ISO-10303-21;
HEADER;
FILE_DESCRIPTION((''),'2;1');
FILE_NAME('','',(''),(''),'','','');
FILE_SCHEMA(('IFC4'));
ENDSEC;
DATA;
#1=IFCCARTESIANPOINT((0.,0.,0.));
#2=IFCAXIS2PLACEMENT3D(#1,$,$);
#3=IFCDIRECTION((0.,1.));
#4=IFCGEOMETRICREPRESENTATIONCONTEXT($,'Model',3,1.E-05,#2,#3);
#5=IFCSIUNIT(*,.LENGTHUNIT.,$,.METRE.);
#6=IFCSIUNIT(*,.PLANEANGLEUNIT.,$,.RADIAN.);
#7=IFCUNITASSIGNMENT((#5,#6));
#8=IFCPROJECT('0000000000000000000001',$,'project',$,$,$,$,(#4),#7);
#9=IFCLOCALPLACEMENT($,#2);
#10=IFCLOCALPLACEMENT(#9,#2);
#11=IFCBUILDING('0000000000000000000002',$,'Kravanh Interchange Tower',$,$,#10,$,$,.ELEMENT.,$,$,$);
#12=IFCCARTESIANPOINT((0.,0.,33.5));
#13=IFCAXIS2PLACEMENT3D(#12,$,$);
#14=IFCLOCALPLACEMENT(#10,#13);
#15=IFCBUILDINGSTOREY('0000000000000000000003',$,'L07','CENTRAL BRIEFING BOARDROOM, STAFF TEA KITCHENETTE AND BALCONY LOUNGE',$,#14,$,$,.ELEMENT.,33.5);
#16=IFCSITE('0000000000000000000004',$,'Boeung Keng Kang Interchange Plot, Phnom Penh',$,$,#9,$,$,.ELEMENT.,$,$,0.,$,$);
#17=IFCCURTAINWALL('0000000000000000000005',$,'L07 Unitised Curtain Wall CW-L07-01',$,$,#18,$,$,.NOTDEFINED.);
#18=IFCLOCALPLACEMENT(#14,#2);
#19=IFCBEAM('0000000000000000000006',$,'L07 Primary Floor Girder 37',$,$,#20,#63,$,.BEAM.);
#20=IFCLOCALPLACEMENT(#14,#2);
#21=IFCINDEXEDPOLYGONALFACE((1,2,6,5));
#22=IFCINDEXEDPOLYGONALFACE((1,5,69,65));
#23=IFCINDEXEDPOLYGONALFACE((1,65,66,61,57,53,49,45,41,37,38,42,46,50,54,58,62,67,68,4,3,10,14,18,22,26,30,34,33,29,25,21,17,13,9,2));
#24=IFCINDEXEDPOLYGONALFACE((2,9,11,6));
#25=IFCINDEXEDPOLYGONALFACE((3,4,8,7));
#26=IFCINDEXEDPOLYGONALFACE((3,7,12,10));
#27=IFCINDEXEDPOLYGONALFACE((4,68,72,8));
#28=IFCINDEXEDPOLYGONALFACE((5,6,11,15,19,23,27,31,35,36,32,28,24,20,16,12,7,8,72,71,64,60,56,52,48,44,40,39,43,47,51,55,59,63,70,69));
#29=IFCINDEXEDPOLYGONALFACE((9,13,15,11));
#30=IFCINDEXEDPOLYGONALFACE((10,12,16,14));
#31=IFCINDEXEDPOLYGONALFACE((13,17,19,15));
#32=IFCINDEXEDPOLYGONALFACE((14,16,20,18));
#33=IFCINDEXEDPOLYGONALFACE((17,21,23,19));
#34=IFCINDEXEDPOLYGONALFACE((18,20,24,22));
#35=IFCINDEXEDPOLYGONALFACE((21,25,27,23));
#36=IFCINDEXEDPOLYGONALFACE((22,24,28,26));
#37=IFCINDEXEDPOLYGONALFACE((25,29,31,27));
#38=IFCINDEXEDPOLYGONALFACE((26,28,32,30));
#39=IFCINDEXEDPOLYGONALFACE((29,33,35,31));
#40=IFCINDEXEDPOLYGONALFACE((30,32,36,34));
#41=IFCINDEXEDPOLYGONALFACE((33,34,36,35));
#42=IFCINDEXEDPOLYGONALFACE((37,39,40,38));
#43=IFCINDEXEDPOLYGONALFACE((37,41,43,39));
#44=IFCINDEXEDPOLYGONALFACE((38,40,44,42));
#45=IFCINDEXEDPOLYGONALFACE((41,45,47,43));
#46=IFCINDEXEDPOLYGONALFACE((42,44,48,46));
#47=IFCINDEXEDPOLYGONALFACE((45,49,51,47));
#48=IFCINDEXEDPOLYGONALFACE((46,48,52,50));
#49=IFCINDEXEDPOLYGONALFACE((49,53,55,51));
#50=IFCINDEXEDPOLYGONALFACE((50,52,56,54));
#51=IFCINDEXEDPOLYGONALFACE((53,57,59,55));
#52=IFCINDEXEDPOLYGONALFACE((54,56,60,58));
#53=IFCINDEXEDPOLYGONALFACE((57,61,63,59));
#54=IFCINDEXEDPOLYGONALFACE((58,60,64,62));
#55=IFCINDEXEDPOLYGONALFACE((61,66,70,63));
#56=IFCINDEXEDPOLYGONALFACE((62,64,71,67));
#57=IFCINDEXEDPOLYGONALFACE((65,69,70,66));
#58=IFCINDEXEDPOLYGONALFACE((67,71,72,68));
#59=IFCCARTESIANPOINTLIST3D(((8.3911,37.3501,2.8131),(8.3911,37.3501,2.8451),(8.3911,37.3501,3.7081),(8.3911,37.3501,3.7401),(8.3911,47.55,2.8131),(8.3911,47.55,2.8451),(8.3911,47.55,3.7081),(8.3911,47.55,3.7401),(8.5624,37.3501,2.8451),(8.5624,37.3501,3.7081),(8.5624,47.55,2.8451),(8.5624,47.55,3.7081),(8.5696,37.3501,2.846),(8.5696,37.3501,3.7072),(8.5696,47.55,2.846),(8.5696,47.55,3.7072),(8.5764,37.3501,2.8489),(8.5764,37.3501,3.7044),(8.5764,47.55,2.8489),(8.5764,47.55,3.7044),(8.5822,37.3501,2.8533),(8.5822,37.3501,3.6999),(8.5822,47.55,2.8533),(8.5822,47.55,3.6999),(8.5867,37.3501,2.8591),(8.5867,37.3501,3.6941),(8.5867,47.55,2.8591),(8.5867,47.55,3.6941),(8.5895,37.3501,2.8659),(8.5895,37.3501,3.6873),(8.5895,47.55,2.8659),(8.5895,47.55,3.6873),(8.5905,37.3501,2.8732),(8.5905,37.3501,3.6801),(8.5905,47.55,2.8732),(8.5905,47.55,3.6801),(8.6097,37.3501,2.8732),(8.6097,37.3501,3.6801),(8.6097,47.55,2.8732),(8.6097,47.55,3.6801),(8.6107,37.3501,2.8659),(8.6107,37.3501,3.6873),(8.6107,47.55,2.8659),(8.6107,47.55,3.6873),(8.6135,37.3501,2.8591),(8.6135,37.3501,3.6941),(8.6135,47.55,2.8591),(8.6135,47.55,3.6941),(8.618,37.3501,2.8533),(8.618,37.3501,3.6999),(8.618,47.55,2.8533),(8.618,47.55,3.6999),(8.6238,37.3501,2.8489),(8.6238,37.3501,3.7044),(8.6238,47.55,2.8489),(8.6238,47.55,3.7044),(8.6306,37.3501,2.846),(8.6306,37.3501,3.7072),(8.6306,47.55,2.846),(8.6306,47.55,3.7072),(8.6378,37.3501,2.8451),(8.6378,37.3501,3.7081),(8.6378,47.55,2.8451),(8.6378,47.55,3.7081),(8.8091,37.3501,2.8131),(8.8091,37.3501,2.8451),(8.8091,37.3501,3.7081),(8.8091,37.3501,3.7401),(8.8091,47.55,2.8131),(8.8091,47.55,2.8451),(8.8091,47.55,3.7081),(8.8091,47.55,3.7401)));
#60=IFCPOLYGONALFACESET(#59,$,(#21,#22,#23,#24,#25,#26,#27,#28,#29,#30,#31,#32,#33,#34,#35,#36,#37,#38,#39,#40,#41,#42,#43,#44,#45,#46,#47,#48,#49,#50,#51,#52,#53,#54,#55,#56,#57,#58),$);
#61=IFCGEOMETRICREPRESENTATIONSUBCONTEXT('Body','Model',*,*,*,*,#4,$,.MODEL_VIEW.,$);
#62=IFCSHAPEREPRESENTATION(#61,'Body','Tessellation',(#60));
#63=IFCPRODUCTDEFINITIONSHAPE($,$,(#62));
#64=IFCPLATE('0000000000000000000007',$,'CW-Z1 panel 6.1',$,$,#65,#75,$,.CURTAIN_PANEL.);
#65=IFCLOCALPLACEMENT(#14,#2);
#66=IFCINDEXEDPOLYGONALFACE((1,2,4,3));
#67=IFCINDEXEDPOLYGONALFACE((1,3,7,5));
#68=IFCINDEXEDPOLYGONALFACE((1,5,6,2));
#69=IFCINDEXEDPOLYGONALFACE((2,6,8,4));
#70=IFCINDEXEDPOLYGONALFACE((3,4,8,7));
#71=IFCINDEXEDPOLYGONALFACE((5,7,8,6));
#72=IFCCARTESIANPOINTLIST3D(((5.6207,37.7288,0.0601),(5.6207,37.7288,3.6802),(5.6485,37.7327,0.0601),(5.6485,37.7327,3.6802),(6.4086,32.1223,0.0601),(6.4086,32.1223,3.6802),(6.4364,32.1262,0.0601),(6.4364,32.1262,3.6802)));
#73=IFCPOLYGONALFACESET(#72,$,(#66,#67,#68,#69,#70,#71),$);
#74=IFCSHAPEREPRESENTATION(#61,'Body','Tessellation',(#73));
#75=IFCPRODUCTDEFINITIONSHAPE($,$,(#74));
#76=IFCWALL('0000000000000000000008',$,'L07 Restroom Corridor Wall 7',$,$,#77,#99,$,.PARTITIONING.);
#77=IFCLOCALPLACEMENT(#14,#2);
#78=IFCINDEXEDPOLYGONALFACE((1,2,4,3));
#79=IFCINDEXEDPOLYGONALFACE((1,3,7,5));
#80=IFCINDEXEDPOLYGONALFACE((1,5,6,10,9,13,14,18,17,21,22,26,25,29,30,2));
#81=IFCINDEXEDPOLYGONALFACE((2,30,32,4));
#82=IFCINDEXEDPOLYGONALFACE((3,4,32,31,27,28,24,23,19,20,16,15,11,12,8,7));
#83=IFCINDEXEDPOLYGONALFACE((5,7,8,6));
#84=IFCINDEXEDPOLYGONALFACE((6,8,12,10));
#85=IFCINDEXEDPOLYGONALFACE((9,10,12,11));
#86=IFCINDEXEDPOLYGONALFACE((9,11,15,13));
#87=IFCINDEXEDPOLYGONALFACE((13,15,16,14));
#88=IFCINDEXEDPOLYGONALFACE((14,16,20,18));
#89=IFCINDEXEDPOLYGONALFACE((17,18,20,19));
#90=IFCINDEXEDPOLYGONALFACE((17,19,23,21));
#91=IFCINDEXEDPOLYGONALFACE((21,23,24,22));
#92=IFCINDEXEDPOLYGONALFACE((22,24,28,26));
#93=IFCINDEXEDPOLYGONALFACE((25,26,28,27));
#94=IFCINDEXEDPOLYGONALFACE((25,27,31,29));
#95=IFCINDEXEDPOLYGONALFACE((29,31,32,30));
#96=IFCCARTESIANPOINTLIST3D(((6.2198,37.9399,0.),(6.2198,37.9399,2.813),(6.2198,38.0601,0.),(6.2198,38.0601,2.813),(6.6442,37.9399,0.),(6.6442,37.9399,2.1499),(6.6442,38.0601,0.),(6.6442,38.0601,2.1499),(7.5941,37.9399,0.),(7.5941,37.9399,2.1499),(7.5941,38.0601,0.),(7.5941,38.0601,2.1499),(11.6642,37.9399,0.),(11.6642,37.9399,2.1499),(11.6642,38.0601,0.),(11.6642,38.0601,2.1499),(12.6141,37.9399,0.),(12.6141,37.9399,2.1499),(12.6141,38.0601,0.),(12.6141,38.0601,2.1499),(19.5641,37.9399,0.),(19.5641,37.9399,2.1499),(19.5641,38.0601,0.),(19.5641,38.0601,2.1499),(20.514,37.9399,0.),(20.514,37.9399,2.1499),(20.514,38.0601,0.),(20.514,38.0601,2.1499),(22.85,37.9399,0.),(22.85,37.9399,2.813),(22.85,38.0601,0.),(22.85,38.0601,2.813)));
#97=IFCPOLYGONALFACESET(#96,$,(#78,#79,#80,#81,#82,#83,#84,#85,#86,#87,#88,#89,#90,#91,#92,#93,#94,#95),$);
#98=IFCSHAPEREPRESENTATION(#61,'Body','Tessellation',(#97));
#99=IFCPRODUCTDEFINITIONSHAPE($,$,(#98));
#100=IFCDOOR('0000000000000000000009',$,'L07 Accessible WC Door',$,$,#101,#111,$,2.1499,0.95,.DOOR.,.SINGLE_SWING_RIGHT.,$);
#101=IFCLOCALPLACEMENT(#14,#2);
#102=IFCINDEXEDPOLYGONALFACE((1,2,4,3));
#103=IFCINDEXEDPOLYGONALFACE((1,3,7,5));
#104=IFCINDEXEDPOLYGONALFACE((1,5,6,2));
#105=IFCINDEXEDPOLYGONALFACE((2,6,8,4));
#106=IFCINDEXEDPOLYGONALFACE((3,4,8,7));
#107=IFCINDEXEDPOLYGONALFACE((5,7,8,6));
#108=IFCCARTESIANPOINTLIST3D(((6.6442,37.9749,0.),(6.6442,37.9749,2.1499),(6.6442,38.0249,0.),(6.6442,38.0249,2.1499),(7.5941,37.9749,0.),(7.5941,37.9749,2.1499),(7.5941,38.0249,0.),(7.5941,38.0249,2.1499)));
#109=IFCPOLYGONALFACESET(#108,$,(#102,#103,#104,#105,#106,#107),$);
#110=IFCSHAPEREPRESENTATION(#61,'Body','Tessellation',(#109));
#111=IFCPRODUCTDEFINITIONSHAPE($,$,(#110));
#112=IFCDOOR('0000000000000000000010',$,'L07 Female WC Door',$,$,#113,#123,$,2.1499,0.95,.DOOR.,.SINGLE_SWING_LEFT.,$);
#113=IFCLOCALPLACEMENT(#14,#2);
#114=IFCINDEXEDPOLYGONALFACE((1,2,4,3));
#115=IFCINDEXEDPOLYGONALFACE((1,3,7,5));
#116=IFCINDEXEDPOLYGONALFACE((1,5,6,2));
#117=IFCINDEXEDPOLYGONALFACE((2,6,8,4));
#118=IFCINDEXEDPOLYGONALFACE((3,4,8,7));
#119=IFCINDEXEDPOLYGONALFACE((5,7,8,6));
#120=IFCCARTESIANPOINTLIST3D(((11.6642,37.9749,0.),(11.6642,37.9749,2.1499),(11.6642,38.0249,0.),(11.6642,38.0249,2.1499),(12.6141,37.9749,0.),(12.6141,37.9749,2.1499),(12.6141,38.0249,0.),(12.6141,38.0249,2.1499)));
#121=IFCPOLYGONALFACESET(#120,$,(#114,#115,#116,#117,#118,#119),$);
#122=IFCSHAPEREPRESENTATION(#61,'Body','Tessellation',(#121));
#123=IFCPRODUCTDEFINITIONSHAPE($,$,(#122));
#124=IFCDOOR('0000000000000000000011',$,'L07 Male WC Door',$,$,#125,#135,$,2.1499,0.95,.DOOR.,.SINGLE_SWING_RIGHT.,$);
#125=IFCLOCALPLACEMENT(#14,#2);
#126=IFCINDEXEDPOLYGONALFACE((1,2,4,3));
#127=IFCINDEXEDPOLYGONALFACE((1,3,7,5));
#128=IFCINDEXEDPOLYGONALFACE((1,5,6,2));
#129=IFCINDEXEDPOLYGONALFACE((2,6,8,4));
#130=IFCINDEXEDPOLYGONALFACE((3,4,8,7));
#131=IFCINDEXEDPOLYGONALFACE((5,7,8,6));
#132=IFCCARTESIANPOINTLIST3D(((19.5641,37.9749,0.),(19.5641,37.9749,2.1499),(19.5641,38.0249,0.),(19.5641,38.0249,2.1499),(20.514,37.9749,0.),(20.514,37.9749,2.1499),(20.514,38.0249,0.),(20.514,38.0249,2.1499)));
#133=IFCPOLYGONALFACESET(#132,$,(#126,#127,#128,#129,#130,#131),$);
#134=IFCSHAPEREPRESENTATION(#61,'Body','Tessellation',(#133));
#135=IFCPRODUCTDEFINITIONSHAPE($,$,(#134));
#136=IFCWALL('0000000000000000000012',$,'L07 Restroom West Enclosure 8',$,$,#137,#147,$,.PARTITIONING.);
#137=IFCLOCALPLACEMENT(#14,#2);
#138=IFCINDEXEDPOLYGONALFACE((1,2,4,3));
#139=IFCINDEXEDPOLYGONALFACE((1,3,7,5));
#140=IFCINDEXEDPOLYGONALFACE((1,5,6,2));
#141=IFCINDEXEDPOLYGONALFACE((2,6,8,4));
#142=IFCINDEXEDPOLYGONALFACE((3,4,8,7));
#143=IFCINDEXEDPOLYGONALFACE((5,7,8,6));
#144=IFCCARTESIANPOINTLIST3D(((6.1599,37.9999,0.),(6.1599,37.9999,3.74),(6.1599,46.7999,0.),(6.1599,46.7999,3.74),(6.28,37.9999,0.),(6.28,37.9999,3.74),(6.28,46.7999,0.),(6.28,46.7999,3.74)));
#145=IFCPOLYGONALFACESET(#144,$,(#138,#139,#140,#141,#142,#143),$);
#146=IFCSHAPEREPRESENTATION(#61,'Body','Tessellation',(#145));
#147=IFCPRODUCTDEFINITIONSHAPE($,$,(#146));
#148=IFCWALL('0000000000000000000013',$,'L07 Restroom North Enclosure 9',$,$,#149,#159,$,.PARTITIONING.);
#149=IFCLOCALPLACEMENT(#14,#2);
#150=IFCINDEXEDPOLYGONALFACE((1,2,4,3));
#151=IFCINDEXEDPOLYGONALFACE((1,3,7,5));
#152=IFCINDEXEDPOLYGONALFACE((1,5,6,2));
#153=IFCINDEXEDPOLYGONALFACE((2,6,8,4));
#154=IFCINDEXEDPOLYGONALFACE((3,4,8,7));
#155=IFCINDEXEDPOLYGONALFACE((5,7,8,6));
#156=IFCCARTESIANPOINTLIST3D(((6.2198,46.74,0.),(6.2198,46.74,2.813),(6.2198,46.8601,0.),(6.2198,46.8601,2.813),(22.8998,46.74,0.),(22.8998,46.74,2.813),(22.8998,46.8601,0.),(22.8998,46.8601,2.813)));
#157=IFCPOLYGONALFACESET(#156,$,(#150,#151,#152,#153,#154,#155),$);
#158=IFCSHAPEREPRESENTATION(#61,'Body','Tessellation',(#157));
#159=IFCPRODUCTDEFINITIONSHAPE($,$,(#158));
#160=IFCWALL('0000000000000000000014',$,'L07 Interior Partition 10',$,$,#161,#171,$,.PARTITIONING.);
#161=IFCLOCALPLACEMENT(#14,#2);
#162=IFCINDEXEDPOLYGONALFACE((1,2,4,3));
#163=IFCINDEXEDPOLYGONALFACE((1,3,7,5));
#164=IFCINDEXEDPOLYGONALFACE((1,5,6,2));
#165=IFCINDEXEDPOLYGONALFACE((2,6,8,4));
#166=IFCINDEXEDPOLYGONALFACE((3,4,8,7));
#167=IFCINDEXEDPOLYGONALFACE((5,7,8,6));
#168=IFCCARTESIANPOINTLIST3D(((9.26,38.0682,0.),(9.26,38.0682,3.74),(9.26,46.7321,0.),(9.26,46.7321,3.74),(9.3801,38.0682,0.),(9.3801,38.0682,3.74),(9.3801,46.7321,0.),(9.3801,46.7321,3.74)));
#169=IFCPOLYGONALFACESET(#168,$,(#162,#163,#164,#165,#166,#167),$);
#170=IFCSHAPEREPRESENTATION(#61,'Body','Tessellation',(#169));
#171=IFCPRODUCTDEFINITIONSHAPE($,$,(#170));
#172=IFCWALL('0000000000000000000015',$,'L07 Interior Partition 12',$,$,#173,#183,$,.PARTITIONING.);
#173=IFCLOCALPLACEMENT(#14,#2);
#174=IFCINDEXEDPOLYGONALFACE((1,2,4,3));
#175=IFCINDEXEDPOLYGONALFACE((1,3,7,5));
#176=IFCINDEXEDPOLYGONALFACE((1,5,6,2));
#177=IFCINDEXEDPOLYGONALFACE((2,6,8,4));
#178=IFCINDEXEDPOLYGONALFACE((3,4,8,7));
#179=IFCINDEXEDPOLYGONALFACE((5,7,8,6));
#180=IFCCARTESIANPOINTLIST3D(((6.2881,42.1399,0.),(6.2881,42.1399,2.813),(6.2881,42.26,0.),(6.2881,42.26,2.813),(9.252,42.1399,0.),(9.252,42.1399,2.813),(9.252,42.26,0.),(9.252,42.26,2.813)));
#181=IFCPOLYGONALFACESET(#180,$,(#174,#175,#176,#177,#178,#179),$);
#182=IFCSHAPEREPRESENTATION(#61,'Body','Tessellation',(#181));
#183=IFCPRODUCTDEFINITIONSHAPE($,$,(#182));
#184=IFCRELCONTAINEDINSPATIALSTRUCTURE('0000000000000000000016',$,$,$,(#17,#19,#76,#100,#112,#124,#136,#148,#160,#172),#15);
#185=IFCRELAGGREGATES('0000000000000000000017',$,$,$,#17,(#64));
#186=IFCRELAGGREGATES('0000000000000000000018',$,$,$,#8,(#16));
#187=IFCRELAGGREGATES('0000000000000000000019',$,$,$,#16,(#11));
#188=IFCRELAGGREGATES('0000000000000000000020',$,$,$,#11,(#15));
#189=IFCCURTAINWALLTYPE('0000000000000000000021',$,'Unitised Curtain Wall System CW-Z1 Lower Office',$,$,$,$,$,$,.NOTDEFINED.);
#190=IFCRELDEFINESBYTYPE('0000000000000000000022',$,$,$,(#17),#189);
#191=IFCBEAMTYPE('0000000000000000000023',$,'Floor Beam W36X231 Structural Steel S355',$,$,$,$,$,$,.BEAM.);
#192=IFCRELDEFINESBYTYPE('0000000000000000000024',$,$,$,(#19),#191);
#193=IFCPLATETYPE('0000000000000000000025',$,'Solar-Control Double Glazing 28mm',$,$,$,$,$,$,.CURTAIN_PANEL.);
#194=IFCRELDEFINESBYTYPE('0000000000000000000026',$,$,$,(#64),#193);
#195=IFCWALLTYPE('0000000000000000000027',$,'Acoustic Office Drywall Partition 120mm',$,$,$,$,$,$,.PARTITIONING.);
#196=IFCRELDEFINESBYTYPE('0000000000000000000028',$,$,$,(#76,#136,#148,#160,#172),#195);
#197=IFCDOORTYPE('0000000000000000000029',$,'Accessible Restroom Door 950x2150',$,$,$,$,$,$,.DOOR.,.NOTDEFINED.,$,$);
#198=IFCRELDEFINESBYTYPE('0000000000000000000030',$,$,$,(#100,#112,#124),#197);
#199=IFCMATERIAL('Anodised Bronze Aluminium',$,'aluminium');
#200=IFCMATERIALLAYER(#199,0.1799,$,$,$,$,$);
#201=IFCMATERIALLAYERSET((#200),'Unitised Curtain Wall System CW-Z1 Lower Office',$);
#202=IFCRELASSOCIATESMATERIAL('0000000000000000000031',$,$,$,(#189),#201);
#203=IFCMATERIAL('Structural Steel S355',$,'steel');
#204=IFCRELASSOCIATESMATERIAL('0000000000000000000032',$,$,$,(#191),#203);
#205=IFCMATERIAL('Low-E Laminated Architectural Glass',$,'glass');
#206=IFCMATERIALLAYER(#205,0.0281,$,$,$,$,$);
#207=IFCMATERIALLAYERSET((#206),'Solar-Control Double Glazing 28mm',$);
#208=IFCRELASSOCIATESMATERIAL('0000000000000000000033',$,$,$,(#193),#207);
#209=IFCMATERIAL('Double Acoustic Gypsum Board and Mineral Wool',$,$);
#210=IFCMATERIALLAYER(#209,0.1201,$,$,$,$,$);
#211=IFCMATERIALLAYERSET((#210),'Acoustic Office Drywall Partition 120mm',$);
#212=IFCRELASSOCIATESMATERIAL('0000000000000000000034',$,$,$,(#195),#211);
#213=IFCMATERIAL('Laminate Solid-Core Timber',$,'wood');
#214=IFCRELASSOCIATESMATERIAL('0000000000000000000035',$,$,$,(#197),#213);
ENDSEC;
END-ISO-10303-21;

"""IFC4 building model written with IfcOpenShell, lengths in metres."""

from ifc_helpers import new_model, si_unit, direction, frame, frame_2d, origin, origin_2d, place, context, subcontext, project, spatial, rectangle, i_section, extrude, material, layer, layer_set, material_profile, profile_set, type_object, element, fill, aggregate, save


model = new_model("IFC4")

# Units and contexts
model_context = context("Model", 3, precision=1e-05, world=origin(), true_north=direction((0.0, 1.0)))
body_context = subcontext(model_context, "Body", "Model", "MODEL_VIEW")
ifc_project = project(units=[si_unit("LENGTHUNIT", "METRE"), si_unit("PLANEANGLEUNIT", "RADIAN")], contexts=[model_context])

# Site, building, storey
site_placement = place(None, origin())
site = spatial("IfcSite", under=ifc_project, at=site_placement, Name="Boeung Keng Kang Interchange Plot, Phnom Penh", CompositionType="ELEMENT", RefElevation=0.0)
building_placement = place(site_placement, origin())
building = spatial("IfcBuilding", under=site, at=building_placement, Name="Kravanh Interchange Tower", CompositionType="ELEMENT")
storey_placement = place(building_placement, frame((0.0, 0.0, 33.5)))
storey = spatial("IfcBuildingStorey", under=building, at=storey_placement, Name="L07", Description="CENTRAL BRIEFING BOARDROOM, STAFF TEA KITCHENETTE AND BALCONY LOUNGE", CompositionType="ELEMENT", Elevation=33.5)

# Curtain wall
ifc_material_1 = material(Name="Anodised Bronze Aluminium", Category="aluminium")
ifc_layer_1 = layer(ifc_material_1, 0.1799)
ifc_layer_set_1 = layer_set([ifc_layer_1], Name="Unitised Curtain Wall System CW-Z1 Lower Office")
curtain_wall_type = type_object("IfcCurtainWallType", Name="Unitised Curtain Wall System CW-Z1 Lower Office", PredefinedType="NOTDEFINED", material=ifc_layer_set_1)
curtain_wall_placement = place(storey_placement, origin())
curtain_wall = element("IfcCurtainWall", 1, at=curtain_wall_placement, inside=storey, type_object=curtain_wall_type, Name="L07 Unitised Curtain Wall CW-L07-01", PredefinedType="NOTDEFINED")

# Beam
ifc_material_2 = material(Name="Structural Steel S355", Category="steel")
ifc_material_profile_1 = material_profile(ifc_material_2, i_section(OverallWidth=0.418, OverallDepth=0.927, WebThickness=0.0193, FlangeThickness=0.032, FilletRadius=0.0281, at=origin_2d()), Name="W36X231")
ifc_profile_set_1 = profile_set([ifc_material_profile_1], Name="Structural Steel S355")
beam_type = type_object("IfcBeamType", Name="Floor Beam W36X231 Structural Steel S355", PredefinedType="BEAM", material=ifc_profile_set_1)
beam_1_placement = place(storey_placement, frame((8.6001, 37.3501, 3.2766), z_axis=(0.0, 1.0, 0.0), x_axis=(-1.0, 0.0, 0.0)))
element("IfcBeam", 2, at=beam_1_placement, inside=storey, type_object=beam_type, Name="L07 Primary Floor Girder 37", PredefinedType="BEAM", context=body_context, shape_type="SweptSolid", body=[
    extrude(i_section(OverallWidth=0.418, OverallDepth=0.927, WebThickness=0.0193, FlangeThickness=0.032, FilletRadius=0.0281, at=origin_2d()), origin(), (0.0, 0.0, 1.0), 10.2),
])

# Plate
ifc_material_3 = material(Name="Low-E Laminated Architectural Glass", Category="glass")
ifc_layer_2 = layer(ifc_material_3, 0.0281)
ifc_layer_set_2 = layer_set([ifc_layer_2], Name="Solar-Control Double Glazing 28mm")
plate_type = type_object("IfcPlateType", Name="Solar-Control Double Glazing 28mm", PredefinedType="CURTAIN_PANEL", material=ifc_layer_set_2)
plate_placement = place(storey_placement, frame((6.0286, 34.9275, 0.0601), z_axis=(0.0, 0.0, 1.0), x_axis=(-0.139177, 0.990268, 0.0)))
plate = element("IfcPlate", 3, at=plate_placement, type_object=plate_type, Name="CW-Z1 panel 6.1", PredefinedType="CURTAIN_PANEL", context=body_context, shape_type="SweptSolid", body=[
    extrude(rectangle(XDim=5.6616, YDim=0.0281, at=origin_2d()), origin(), (0.0, 0.0, 1.0), 3.6201),
])
aggregate(curtain_wall, [plate])

# Wall, openings, doors
ifc_material_4 = material(Name="Double Acoustic Gypsum Board and Mineral Wool")
ifc_layer_3 = layer(ifc_material_4, 0.1201)
ifc_layer_set_3 = layer_set([ifc_layer_3], Name="Acoustic Office Drywall Partition 120mm")
wall_type_1 = type_object("IfcWallType", Name="Acoustic Office Drywall Partition 120mm", PredefinedType="PARTITIONING", material=ifc_layer_set_3)
wall_1_placement = place(storey_placement, frame((6.22, 38.0, 0.0), z_axis=(0.0, 0.0, 1.0), x_axis=(1.0, 0.0, 0.0)))
wall_1 = element("IfcWall", 4, at=wall_1_placement, inside=storey, type_object=wall_type_1, Name="L07 Restroom Corridor Wall 7", PredefinedType="PARTITIONING", context=body_context, shape_type="SweptSolid", body=[
    extrude(rectangle(XDim=16.6301, YDim=0.1201, at=frame_2d((8.3149, 0.0))), origin(), (0.0, 0.0, 1.0), 2.813),
])
opening_1_placement = place(wall_1_placement, frame((0.4241, 0.0, 0.0)))
opening_1 = element("IfcOpeningElement", 5, at=opening_1_placement, cuts=wall_1, PredefinedType="OPENING", context=body_context, shape_type="SweptSolid", body=[
    extrude(rectangle(XDim=0.95, YDim=2.1499, at=frame_2d((0.4751, 1.075))), frame((0.0, 0.0701, 0.0), z_axis=(0.0, -1.0, 0.0), x_axis=(1.0, 0.0, 0.0)), (0.0, 0.0, 1.0), 0.1401),
])
opening_2_placement = place(wall_1_placement, frame((5.4441, 0.0, 0.0)))
opening_2 = element("IfcOpeningElement", 6, at=opening_2_placement, cuts=wall_1, PredefinedType="OPENING", context=body_context, shape_type="SweptSolid", body=[
    extrude(rectangle(XDim=0.95, YDim=2.1499, at=frame_2d((0.4751, 1.075))), frame((0.0, 0.0701, 0.0), z_axis=(0.0, -1.0, 0.0), x_axis=(1.0, 0.0, 0.0)), (0.0, 0.0, 1.0), 0.1401),
])
opening_3_placement = place(wall_1_placement, frame((13.344, 0.0, 0.0)))
opening_3 = element("IfcOpeningElement", 7, at=opening_3_placement, cuts=wall_1, PredefinedType="OPENING", context=body_context, shape_type="SweptSolid", body=[
    extrude(rectangle(XDim=0.95, YDim=2.1499, at=frame_2d((0.4751, 1.075))), frame((0.0, 0.0701, 0.0), z_axis=(0.0, -1.0, 0.0), x_axis=(1.0, 0.0, 0.0)), (0.0, 0.0, 1.0), 0.1401),
])
ifc_material_5 = material(Name="Laminate Solid-Core Timber", Category="wood")
door_type = type_object("IfcDoorType", Name="Accessible Restroom Door 950x2150", OperationType="NOTDEFINED", PredefinedType="DOOR", material=ifc_material_5)
door_1_placement = place(opening_1_placement, origin())
door_1 = element("IfcDoor", 8, at=door_1_placement, inside=storey, type_object=door_type, Name="L07 Accessible WC Door", OperationType="SINGLE_SWING_RIGHT", OverallHeight=2.1499, OverallWidth=0.95, PredefinedType="DOOR", context=body_context, shape_type="SweptSolid", body=[
    extrude(rectangle(XDim=0.95, YDim=2.1499, at=frame_2d((0.4751, 1.075))), frame((0.0, 0.0249, 0.0), z_axis=(0.0, -1.0, 0.0), x_axis=(1.0, 0.0, 0.0)), (0.0, 0.0, 1.0), 0.05),
])
fill(opening_1, door_1)
door_2_placement = place(opening_2_placement, origin())
door_2 = element("IfcDoor", 9, at=door_2_placement, inside=storey, type_object=door_type, Name="L07 Female WC Door", OperationType="SINGLE_SWING_LEFT", OverallHeight=2.1499, OverallWidth=0.95, PredefinedType="DOOR", context=body_context, shape_type="SweptSolid", body=[
    extrude(rectangle(XDim=0.95, YDim=2.1499, at=frame_2d((0.4751, 1.075))), frame((0.0, 0.0249, 0.0), z_axis=(0.0, -1.0, 0.0), x_axis=(1.0, 0.0, 0.0)), (0.0, 0.0, 1.0), 0.05),
])
fill(opening_2, door_2)
door_3_placement = place(opening_3_placement, origin())
door_3 = element("IfcDoor", 10, at=door_3_placement, inside=storey, type_object=door_type, Name="L07 Male WC Door", OperationType="SINGLE_SWING_RIGHT", OverallHeight=2.1499, OverallWidth=0.95, PredefinedType="DOOR", context=body_context, shape_type="SweptSolid", body=[
    extrude(rectangle(XDim=0.95, YDim=2.1499, at=frame_2d((0.4751, 1.075))), frame((0.0, 0.0249, 0.0), z_axis=(0.0, -1.0, 0.0), x_axis=(1.0, 0.0, 0.0)), (0.0, 0.0, 1.0), 0.05),
])
fill(opening_3, door_3)

# Walls
wall_2_placement = place(storey_placement, frame((6.22, 38.0, 0.0), z_axis=(0.0, 0.0, 1.0), x_axis=(0.0, 1.0, 0.0)))
element("IfcWall", 11, at=wall_2_placement, inside=storey, type_object=wall_type_1, Name="L07 Restroom West Enclosure 8", PredefinedType="PARTITIONING", context=body_context, shape_type="SweptSolid", body=[
    extrude(rectangle(XDim=8.8, YDim=0.1201, at=frame_2d((4.3999, 0.0))), origin(), (0.0, 0.0, 1.0), 3.74),
])
wall_3_placement = place(storey_placement, frame((6.22, 46.8, 0.0), z_axis=(0.0, 0.0, 1.0), x_axis=(1.0, 0.0, 0.0)))
element("IfcWall", 12, at=wall_3_placement, inside=storey, type_object=wall_type_1, Name="L07 Restroom North Enclosure 9", PredefinedType="PARTITIONING", context=body_context, shape_type="SweptSolid", body=[
    extrude(rectangle(XDim=16.6799, YDim=0.1201, at=frame_2d((8.3398, 0.0))), origin(), (0.0, 0.0, 1.0), 2.813),
])
wall_4_placement = place(storey_placement, frame((9.3201, 38.0681, 0.0), z_axis=(0.0, 0.0, 1.0), x_axis=(0.0, 1.0, 0.0)))
element("IfcWall", 13, at=wall_4_placement, inside=storey, type_object=wall_type_1, Name="L07 Interior Partition 10", PredefinedType="PARTITIONING", context=body_context, shape_type="SweptSolid", body=[
    extrude(rectangle(XDim=8.6638, YDim=0.1201, at=frame_2d((4.332, 0.0))), origin(), (0.0, 0.0, 1.0), 3.74),
])
wall_5_placement = place(storey_placement, frame((6.2881, 42.2, 0.0), z_axis=(0.0, 0.0, 1.0), x_axis=(1.0, 0.0, 0.0)))
element("IfcWall", 14, at=wall_5_placement, inside=storey, type_object=wall_type_1, Name="L07 Interior Partition 12", PredefinedType="PARTITIONING", context=body_context, shape_type="SweptSolid", body=[
    extrude(rectangle(XDim=2.9639, YDim=0.1201, at=frame_2d((1.4819, 0.0))), origin(), (0.0, 0.0, 1.0), 2.813),
])

save(model, "model.ifc")
